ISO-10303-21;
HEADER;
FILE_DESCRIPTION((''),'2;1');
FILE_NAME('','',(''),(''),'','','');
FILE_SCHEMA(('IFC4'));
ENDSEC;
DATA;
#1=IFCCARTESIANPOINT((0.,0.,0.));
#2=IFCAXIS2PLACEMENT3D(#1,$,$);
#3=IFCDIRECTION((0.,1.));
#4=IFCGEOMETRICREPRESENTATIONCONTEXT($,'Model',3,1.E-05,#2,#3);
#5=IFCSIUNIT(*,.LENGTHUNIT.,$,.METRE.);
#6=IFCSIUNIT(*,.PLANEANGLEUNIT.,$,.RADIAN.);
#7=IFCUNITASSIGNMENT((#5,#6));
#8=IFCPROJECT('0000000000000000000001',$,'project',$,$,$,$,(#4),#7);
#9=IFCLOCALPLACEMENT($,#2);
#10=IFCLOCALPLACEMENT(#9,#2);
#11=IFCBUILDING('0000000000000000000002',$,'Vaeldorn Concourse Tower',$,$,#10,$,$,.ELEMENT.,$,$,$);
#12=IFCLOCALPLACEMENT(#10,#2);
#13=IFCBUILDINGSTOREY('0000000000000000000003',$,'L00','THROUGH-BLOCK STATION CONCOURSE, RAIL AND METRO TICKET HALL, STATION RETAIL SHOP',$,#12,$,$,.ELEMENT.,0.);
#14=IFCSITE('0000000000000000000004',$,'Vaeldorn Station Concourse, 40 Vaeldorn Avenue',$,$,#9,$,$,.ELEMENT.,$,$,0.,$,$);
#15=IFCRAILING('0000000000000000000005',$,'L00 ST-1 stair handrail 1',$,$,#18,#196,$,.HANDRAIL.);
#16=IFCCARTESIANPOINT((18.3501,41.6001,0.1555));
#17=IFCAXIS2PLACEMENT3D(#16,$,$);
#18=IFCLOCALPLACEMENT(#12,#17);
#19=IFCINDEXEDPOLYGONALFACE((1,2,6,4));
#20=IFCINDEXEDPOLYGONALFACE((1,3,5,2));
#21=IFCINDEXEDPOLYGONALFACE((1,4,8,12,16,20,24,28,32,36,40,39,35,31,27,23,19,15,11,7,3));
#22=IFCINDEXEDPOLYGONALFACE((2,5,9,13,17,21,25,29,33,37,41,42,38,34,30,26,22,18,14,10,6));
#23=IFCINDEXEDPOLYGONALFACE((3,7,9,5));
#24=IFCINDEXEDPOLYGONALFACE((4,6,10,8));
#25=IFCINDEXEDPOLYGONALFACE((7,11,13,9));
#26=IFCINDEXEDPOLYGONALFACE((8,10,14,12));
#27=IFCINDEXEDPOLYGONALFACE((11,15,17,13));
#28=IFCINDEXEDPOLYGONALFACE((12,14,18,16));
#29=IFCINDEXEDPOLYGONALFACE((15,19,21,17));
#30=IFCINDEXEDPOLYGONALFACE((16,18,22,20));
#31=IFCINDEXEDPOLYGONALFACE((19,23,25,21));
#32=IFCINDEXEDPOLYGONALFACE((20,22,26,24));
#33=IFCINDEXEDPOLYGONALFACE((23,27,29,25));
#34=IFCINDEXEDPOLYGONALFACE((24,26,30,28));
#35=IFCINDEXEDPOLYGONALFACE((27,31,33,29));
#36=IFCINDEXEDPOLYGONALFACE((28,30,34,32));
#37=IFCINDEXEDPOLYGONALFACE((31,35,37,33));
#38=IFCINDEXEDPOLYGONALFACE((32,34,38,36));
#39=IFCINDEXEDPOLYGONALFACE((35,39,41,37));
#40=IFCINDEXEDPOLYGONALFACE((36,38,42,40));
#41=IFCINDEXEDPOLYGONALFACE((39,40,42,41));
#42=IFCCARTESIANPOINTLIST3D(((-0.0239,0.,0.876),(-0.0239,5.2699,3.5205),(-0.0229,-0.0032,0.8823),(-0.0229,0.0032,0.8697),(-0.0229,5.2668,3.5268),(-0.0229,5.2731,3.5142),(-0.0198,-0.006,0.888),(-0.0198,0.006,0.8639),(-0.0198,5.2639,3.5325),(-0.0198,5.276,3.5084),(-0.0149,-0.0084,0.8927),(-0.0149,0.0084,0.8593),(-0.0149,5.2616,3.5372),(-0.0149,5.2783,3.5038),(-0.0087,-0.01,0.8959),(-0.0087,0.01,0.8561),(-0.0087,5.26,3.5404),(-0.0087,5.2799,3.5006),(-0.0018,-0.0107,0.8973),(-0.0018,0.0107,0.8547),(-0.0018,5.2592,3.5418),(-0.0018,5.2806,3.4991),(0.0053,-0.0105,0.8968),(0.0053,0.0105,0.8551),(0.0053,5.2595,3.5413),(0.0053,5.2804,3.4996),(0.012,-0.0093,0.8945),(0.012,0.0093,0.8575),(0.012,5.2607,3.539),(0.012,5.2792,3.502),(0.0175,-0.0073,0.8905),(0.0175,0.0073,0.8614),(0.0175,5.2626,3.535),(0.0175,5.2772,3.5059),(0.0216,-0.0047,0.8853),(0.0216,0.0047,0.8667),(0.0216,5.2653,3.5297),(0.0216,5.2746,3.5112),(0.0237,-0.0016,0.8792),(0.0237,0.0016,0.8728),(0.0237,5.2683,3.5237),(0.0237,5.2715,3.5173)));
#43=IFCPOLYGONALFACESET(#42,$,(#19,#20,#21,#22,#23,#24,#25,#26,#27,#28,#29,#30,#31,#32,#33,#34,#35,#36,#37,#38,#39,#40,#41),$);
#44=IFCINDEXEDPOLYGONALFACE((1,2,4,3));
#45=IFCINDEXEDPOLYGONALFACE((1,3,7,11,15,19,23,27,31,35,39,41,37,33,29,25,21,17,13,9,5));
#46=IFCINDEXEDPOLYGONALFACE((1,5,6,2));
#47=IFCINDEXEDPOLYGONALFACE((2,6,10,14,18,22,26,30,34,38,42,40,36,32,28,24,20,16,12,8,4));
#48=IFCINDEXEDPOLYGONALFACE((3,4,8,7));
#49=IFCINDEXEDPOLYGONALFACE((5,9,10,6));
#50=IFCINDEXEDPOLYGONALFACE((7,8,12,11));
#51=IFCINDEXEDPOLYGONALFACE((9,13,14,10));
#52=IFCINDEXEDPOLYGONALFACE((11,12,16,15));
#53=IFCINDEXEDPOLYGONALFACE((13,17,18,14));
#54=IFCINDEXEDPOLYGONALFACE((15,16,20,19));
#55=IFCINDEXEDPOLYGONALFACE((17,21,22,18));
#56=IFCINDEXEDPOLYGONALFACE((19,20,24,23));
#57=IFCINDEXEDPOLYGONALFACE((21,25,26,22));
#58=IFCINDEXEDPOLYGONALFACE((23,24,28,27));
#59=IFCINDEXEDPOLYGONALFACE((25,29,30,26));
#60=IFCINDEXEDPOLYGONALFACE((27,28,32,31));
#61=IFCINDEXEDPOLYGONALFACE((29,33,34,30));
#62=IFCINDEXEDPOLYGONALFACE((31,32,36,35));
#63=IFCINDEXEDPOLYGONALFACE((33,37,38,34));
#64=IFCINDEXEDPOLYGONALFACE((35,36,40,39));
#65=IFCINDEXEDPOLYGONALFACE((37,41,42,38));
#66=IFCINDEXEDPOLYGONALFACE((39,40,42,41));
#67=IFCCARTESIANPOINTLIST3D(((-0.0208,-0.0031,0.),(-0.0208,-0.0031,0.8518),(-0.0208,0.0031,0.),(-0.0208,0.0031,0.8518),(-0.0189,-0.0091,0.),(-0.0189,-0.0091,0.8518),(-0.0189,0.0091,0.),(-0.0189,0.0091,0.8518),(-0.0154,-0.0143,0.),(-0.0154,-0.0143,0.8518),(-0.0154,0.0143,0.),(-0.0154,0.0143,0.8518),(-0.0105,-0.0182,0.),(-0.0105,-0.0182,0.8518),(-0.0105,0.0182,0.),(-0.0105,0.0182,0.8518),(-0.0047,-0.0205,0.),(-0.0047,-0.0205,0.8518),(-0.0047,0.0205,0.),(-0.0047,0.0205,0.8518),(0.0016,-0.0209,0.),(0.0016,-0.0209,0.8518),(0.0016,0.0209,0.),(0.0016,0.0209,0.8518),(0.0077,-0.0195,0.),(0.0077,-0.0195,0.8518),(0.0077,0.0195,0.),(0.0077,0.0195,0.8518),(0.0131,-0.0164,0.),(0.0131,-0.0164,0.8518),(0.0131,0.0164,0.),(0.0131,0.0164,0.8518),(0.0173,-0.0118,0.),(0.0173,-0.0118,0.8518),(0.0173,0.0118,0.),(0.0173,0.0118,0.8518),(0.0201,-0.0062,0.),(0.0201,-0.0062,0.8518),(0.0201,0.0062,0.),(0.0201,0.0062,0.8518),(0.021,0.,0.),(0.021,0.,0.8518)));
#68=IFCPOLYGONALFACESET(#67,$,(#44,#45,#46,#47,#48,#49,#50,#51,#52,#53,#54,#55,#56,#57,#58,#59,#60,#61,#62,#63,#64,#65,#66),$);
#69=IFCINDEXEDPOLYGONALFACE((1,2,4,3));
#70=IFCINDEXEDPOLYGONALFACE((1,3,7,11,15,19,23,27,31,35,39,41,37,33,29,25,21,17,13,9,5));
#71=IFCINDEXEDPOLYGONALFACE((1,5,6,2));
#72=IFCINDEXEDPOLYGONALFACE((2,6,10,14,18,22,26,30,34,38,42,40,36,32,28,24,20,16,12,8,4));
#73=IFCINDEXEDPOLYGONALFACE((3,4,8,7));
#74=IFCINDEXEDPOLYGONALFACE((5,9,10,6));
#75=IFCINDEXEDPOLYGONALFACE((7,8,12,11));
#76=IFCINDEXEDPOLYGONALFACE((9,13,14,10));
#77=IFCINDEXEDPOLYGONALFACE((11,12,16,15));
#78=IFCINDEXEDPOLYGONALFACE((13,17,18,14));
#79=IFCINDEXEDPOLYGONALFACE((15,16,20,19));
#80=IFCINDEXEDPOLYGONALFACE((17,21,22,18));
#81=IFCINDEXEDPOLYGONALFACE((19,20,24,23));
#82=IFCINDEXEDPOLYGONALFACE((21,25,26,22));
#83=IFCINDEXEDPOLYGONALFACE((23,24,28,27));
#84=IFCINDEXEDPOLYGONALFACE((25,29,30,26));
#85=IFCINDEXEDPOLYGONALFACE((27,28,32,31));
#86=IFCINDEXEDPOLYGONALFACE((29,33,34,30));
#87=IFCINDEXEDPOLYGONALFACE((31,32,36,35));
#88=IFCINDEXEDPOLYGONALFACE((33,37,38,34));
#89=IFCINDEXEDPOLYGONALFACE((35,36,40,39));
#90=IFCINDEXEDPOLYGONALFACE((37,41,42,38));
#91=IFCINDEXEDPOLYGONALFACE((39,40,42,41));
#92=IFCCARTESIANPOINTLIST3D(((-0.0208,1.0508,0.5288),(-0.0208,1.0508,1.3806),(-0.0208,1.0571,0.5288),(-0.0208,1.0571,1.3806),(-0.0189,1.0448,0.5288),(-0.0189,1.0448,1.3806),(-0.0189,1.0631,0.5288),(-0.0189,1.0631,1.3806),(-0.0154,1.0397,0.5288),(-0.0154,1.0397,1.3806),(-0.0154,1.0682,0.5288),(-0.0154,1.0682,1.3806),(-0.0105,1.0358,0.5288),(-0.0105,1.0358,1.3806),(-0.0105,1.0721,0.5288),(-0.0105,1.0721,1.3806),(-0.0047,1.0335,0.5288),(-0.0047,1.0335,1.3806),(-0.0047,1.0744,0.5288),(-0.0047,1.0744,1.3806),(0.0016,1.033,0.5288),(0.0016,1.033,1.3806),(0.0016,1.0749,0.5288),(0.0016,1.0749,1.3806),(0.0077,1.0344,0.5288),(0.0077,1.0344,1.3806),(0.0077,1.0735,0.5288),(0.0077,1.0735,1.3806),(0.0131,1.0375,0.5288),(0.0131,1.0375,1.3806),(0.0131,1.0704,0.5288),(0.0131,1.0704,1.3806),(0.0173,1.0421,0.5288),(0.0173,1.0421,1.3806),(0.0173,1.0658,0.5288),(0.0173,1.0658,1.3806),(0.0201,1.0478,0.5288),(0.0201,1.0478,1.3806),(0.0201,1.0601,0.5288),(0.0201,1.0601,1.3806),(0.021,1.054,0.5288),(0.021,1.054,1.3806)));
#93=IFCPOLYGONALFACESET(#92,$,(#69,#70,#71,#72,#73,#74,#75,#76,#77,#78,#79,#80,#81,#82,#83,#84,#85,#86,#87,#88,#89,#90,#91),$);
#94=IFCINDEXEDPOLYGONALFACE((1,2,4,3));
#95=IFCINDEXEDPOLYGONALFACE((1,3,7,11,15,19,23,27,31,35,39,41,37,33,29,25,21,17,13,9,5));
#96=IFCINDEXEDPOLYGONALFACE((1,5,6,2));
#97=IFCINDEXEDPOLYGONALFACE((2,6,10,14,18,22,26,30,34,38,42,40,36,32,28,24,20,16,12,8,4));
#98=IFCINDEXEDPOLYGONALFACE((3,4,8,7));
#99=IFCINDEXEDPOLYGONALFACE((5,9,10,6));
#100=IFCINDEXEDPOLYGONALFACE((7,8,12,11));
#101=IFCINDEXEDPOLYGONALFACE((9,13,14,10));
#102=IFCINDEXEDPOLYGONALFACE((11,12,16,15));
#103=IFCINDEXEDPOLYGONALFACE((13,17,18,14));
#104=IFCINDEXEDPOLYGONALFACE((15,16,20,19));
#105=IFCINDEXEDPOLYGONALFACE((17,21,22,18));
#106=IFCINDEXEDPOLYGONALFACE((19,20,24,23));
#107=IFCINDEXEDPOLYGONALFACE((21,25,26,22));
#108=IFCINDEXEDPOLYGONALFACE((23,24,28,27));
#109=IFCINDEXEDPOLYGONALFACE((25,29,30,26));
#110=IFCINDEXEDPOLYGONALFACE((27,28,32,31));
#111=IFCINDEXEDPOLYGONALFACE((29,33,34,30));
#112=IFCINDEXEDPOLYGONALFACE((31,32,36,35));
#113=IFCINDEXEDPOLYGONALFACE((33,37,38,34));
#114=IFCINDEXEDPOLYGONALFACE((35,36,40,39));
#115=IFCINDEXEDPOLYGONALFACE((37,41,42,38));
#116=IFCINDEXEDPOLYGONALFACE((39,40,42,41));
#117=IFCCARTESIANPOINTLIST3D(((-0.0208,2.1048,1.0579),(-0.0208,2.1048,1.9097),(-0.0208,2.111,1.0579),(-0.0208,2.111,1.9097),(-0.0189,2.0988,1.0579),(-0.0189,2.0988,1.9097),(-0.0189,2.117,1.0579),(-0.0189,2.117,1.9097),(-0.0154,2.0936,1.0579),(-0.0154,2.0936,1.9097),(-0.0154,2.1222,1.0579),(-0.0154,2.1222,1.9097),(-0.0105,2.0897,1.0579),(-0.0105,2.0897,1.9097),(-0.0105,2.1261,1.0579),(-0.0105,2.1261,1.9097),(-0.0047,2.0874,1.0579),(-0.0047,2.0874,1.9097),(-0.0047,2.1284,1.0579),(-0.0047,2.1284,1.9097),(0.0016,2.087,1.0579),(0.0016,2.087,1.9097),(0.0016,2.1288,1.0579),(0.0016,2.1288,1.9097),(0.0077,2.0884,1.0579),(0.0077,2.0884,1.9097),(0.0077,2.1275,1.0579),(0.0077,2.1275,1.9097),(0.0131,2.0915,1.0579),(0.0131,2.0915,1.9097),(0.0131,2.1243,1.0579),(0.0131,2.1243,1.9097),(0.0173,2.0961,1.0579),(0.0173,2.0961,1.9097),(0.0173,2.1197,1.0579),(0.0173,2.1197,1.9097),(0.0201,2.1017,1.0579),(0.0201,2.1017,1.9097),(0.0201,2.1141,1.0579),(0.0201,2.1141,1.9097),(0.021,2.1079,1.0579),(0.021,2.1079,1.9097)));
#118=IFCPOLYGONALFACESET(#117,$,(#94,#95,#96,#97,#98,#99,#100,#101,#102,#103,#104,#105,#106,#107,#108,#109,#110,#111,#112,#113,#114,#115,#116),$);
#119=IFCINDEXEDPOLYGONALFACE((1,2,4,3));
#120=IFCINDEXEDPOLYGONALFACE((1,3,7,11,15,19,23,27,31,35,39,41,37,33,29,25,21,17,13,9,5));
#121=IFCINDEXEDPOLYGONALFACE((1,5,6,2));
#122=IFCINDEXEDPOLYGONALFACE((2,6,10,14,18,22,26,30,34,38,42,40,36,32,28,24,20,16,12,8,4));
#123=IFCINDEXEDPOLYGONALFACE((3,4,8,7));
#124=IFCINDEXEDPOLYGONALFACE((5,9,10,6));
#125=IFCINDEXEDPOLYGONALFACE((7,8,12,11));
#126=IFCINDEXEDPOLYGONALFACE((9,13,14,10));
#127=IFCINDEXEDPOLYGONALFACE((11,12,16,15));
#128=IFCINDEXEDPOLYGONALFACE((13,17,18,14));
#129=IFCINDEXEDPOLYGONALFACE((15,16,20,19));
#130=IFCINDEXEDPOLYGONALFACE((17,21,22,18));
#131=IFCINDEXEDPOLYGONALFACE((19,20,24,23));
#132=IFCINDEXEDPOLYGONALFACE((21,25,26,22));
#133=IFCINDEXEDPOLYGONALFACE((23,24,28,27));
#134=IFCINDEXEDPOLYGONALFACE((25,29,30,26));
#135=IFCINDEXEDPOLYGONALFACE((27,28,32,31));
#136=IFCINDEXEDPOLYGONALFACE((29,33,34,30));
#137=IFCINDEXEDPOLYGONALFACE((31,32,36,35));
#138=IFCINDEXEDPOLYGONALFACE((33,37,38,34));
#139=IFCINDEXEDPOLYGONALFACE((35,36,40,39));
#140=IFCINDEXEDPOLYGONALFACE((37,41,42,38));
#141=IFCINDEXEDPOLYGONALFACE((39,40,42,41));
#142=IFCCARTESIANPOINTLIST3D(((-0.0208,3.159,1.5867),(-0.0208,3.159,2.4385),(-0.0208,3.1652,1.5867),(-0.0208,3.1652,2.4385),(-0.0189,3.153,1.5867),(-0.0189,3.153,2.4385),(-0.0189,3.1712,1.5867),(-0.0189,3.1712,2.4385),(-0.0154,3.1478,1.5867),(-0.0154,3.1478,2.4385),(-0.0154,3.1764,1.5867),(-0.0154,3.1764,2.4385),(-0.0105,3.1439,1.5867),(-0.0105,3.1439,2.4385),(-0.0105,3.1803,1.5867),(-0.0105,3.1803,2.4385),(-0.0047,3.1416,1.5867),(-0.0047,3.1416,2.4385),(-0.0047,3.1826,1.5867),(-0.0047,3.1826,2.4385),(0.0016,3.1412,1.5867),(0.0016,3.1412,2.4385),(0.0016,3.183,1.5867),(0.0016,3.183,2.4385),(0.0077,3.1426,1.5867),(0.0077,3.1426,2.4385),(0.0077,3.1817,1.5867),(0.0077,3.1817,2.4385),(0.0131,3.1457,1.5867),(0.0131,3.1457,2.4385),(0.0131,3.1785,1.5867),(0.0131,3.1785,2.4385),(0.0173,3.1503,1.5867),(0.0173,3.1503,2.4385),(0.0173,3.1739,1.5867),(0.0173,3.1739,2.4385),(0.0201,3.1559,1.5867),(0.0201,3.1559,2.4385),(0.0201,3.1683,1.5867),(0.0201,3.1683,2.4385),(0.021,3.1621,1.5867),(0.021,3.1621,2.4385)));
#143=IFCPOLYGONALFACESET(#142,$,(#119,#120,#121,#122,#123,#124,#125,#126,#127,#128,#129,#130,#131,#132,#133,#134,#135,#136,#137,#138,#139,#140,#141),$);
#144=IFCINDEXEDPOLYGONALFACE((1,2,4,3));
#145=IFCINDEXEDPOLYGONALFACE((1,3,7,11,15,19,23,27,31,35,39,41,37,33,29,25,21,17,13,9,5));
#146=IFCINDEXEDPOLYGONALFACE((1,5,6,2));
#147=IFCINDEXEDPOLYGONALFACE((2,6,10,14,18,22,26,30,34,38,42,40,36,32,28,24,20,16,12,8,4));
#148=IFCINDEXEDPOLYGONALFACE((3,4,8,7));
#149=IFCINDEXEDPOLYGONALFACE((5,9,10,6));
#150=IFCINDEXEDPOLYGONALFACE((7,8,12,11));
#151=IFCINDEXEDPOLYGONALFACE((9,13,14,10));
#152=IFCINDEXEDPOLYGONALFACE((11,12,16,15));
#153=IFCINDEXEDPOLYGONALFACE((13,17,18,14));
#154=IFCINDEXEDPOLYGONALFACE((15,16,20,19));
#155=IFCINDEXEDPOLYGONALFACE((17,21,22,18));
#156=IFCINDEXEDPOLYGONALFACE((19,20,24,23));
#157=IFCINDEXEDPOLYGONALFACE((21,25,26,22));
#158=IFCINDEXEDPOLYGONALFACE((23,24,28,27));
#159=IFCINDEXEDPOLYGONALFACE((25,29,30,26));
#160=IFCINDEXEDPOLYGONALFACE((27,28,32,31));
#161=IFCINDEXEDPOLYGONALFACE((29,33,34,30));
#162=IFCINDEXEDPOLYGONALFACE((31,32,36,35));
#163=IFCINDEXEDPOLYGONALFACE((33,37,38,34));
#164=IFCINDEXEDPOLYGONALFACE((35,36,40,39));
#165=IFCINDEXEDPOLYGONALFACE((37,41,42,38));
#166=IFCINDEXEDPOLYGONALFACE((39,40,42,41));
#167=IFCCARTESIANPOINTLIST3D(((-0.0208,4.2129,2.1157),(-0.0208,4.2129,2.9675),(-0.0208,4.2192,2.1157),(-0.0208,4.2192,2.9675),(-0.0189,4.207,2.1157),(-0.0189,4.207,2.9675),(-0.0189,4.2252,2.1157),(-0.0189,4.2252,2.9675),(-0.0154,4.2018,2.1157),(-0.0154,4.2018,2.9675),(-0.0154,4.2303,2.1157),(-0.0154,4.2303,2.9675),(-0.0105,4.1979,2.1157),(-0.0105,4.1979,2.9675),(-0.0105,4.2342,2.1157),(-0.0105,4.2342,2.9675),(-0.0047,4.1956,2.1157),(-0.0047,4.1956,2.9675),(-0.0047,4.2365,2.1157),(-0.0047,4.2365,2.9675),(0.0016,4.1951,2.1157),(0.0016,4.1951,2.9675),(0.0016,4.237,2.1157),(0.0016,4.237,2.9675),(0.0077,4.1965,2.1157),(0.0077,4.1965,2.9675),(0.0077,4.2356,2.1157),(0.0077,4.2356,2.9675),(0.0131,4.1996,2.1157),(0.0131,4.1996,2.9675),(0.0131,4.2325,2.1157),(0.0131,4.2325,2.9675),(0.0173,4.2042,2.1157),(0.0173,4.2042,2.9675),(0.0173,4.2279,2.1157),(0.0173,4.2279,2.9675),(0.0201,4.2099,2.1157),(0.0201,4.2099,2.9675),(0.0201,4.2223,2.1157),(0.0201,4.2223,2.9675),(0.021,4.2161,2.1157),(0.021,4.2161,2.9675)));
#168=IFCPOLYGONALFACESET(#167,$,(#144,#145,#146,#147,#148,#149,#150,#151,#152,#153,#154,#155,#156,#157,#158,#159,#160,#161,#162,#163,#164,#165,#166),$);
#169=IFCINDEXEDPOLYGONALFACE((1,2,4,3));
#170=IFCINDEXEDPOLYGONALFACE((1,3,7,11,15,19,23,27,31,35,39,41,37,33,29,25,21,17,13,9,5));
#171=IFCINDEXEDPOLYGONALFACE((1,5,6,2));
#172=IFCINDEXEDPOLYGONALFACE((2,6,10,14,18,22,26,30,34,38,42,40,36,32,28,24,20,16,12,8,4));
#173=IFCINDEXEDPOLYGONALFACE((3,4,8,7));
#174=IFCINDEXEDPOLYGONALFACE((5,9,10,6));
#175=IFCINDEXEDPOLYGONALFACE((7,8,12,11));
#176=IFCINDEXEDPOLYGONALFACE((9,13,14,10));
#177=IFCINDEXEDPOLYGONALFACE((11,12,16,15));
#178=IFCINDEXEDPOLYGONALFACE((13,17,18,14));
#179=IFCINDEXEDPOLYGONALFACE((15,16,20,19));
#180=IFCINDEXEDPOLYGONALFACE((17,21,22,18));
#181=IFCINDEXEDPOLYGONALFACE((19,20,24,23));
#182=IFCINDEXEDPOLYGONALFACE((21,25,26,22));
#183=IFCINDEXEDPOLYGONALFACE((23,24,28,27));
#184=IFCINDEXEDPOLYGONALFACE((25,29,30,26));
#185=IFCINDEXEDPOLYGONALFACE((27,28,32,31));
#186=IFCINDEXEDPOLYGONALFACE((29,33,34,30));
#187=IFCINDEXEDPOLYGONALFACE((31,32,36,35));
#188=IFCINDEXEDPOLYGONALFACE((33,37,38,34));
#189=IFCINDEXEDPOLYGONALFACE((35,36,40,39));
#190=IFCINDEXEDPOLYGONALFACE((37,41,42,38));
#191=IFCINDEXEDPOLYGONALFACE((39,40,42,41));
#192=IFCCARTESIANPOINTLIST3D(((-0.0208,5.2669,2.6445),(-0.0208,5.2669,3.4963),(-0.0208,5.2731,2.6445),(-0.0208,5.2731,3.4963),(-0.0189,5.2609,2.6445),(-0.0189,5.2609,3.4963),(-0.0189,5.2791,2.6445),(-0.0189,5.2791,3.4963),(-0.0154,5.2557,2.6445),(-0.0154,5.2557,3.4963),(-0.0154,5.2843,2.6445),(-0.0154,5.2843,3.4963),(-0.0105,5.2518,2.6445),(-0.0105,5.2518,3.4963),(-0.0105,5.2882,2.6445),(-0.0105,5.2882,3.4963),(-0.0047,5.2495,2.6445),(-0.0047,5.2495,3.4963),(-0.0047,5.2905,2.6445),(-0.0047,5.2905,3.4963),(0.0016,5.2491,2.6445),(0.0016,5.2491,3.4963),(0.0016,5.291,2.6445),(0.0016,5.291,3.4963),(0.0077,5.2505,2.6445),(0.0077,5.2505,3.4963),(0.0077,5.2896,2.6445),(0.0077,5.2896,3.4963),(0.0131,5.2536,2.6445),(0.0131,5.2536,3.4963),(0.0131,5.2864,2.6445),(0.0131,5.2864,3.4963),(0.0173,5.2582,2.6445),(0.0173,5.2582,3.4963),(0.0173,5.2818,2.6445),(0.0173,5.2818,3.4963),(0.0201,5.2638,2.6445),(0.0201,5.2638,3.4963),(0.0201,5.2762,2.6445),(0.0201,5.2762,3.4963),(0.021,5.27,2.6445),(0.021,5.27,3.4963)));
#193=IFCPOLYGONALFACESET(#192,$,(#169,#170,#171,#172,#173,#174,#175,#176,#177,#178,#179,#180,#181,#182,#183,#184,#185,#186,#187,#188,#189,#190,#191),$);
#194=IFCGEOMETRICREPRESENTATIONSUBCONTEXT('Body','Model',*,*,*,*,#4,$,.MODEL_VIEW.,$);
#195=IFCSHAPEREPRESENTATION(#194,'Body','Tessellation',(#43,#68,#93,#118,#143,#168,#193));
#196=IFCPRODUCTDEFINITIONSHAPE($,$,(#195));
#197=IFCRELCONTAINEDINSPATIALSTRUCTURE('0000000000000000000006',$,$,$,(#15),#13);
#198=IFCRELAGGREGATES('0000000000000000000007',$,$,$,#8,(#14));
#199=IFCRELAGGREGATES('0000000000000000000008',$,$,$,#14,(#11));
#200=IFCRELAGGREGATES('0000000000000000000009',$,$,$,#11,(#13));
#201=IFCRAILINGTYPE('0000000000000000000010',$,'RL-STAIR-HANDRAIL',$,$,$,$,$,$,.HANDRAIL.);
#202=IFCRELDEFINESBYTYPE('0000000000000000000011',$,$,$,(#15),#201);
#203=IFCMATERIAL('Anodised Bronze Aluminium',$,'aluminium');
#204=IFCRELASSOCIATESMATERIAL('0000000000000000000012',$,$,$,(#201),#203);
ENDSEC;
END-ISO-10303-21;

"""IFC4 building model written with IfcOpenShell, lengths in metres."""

from ifc_helpers import new_model, si_unit, direction, frame, origin, origin_2d, place, context, subcontext, project, spatial, circle, extrude, material, type_object, element, save


model = new_model("IFC4")

# Units and contexts
model_context = context("Model", 3, precision=1e-05, world=origin(), true_north=direction((0.0, 1.0)))
body_context = subcontext(model_context, "Body", "Model", "MODEL_VIEW")
ifc_project = project(units=[si_unit("LENGTHUNIT", "METRE"), si_unit("PLANEANGLEUNIT", "RADIAN")], contexts=[model_context])

# Site, building, storey
site_placement = place(None, origin())
site = spatial("IfcSite", under=ifc_project, at=site_placement, Name="Vaeldorn Station Concourse, 40 Vaeldorn Avenue", CompositionType="ELEMENT", RefElevation=0.0)
building_placement = place(site_placement, origin())
building = spatial("IfcBuilding", under=site, at=building_placement, Name="Vaeldorn Concourse Tower", CompositionType="ELEMENT")
storey_placement = place(building_placement, origin())
storey = spatial("IfcBuildingStorey", under=building, at=storey_placement, Name="L00", Description="THROUGH-BLOCK STATION CONCOURSE, RAIL AND METRO TICKET HALL, STATION RETAIL SHOP", CompositionType="ELEMENT", Elevation=0.0)

# Railing
ifc_material_1 = material(Name="Anodised Bronze Aluminium", Category="aluminium")
railing_type_1 = type_object("IfcRailingType", Name="RL-STAIR-HANDRAIL", PredefinedType="HANDRAIL", material=ifc_material_1)
railing_1_placement = place(storey_placement, frame((18.3501, 41.6001, 0.1555)))
element("IfcRailing", 1, at=railing_1_placement, inside=storey, type_object=railing_type_1, Name="L00 ST-1 stair handrail 1", PredefinedType="HANDRAIL", context=body_context, shape_type="SweptSolid", body=[
    extrude(circle(Radius=0.0239, at=origin_2d()), frame((0.0, 0.0, 0.876), z_axis=(0.0, 0.89378, 0.448505), x_axis=(-1.0, 0.0, 0.0)), (0.0, 0.0, 1.0), 5.8962),
    extrude(circle(Radius=0.021, at=origin_2d()), origin(), (0.0, 0.0, 1.0), 0.8518),
    extrude(circle(Radius=0.021, at=origin_2d()), frame((0.0, 1.054, 0.5288)), (0.0, 0.0, 1.0), 0.8518),
    extrude(circle(Radius=0.021, at=origin_2d()), frame((0.0, 2.1079, 1.0579)), (0.0, 0.0, 1.0), 0.8518),
    extrude(circle(Radius=0.021, at=origin_2d()), frame((0.0, 3.1621, 1.5867)), (0.0, 0.0, 1.0), 0.8518),
    extrude(circle(Radius=0.021, at=origin_2d()), frame((0.0, 4.2161, 2.1157)), (0.0, 0.0, 1.0), 0.8518),
    extrude(circle(Radius=0.021, at=origin_2d()), frame((0.0, 5.27, 2.6445)), (0.0, 0.0, 1.0), 0.8518),
])

save(model, "model.ifc")
